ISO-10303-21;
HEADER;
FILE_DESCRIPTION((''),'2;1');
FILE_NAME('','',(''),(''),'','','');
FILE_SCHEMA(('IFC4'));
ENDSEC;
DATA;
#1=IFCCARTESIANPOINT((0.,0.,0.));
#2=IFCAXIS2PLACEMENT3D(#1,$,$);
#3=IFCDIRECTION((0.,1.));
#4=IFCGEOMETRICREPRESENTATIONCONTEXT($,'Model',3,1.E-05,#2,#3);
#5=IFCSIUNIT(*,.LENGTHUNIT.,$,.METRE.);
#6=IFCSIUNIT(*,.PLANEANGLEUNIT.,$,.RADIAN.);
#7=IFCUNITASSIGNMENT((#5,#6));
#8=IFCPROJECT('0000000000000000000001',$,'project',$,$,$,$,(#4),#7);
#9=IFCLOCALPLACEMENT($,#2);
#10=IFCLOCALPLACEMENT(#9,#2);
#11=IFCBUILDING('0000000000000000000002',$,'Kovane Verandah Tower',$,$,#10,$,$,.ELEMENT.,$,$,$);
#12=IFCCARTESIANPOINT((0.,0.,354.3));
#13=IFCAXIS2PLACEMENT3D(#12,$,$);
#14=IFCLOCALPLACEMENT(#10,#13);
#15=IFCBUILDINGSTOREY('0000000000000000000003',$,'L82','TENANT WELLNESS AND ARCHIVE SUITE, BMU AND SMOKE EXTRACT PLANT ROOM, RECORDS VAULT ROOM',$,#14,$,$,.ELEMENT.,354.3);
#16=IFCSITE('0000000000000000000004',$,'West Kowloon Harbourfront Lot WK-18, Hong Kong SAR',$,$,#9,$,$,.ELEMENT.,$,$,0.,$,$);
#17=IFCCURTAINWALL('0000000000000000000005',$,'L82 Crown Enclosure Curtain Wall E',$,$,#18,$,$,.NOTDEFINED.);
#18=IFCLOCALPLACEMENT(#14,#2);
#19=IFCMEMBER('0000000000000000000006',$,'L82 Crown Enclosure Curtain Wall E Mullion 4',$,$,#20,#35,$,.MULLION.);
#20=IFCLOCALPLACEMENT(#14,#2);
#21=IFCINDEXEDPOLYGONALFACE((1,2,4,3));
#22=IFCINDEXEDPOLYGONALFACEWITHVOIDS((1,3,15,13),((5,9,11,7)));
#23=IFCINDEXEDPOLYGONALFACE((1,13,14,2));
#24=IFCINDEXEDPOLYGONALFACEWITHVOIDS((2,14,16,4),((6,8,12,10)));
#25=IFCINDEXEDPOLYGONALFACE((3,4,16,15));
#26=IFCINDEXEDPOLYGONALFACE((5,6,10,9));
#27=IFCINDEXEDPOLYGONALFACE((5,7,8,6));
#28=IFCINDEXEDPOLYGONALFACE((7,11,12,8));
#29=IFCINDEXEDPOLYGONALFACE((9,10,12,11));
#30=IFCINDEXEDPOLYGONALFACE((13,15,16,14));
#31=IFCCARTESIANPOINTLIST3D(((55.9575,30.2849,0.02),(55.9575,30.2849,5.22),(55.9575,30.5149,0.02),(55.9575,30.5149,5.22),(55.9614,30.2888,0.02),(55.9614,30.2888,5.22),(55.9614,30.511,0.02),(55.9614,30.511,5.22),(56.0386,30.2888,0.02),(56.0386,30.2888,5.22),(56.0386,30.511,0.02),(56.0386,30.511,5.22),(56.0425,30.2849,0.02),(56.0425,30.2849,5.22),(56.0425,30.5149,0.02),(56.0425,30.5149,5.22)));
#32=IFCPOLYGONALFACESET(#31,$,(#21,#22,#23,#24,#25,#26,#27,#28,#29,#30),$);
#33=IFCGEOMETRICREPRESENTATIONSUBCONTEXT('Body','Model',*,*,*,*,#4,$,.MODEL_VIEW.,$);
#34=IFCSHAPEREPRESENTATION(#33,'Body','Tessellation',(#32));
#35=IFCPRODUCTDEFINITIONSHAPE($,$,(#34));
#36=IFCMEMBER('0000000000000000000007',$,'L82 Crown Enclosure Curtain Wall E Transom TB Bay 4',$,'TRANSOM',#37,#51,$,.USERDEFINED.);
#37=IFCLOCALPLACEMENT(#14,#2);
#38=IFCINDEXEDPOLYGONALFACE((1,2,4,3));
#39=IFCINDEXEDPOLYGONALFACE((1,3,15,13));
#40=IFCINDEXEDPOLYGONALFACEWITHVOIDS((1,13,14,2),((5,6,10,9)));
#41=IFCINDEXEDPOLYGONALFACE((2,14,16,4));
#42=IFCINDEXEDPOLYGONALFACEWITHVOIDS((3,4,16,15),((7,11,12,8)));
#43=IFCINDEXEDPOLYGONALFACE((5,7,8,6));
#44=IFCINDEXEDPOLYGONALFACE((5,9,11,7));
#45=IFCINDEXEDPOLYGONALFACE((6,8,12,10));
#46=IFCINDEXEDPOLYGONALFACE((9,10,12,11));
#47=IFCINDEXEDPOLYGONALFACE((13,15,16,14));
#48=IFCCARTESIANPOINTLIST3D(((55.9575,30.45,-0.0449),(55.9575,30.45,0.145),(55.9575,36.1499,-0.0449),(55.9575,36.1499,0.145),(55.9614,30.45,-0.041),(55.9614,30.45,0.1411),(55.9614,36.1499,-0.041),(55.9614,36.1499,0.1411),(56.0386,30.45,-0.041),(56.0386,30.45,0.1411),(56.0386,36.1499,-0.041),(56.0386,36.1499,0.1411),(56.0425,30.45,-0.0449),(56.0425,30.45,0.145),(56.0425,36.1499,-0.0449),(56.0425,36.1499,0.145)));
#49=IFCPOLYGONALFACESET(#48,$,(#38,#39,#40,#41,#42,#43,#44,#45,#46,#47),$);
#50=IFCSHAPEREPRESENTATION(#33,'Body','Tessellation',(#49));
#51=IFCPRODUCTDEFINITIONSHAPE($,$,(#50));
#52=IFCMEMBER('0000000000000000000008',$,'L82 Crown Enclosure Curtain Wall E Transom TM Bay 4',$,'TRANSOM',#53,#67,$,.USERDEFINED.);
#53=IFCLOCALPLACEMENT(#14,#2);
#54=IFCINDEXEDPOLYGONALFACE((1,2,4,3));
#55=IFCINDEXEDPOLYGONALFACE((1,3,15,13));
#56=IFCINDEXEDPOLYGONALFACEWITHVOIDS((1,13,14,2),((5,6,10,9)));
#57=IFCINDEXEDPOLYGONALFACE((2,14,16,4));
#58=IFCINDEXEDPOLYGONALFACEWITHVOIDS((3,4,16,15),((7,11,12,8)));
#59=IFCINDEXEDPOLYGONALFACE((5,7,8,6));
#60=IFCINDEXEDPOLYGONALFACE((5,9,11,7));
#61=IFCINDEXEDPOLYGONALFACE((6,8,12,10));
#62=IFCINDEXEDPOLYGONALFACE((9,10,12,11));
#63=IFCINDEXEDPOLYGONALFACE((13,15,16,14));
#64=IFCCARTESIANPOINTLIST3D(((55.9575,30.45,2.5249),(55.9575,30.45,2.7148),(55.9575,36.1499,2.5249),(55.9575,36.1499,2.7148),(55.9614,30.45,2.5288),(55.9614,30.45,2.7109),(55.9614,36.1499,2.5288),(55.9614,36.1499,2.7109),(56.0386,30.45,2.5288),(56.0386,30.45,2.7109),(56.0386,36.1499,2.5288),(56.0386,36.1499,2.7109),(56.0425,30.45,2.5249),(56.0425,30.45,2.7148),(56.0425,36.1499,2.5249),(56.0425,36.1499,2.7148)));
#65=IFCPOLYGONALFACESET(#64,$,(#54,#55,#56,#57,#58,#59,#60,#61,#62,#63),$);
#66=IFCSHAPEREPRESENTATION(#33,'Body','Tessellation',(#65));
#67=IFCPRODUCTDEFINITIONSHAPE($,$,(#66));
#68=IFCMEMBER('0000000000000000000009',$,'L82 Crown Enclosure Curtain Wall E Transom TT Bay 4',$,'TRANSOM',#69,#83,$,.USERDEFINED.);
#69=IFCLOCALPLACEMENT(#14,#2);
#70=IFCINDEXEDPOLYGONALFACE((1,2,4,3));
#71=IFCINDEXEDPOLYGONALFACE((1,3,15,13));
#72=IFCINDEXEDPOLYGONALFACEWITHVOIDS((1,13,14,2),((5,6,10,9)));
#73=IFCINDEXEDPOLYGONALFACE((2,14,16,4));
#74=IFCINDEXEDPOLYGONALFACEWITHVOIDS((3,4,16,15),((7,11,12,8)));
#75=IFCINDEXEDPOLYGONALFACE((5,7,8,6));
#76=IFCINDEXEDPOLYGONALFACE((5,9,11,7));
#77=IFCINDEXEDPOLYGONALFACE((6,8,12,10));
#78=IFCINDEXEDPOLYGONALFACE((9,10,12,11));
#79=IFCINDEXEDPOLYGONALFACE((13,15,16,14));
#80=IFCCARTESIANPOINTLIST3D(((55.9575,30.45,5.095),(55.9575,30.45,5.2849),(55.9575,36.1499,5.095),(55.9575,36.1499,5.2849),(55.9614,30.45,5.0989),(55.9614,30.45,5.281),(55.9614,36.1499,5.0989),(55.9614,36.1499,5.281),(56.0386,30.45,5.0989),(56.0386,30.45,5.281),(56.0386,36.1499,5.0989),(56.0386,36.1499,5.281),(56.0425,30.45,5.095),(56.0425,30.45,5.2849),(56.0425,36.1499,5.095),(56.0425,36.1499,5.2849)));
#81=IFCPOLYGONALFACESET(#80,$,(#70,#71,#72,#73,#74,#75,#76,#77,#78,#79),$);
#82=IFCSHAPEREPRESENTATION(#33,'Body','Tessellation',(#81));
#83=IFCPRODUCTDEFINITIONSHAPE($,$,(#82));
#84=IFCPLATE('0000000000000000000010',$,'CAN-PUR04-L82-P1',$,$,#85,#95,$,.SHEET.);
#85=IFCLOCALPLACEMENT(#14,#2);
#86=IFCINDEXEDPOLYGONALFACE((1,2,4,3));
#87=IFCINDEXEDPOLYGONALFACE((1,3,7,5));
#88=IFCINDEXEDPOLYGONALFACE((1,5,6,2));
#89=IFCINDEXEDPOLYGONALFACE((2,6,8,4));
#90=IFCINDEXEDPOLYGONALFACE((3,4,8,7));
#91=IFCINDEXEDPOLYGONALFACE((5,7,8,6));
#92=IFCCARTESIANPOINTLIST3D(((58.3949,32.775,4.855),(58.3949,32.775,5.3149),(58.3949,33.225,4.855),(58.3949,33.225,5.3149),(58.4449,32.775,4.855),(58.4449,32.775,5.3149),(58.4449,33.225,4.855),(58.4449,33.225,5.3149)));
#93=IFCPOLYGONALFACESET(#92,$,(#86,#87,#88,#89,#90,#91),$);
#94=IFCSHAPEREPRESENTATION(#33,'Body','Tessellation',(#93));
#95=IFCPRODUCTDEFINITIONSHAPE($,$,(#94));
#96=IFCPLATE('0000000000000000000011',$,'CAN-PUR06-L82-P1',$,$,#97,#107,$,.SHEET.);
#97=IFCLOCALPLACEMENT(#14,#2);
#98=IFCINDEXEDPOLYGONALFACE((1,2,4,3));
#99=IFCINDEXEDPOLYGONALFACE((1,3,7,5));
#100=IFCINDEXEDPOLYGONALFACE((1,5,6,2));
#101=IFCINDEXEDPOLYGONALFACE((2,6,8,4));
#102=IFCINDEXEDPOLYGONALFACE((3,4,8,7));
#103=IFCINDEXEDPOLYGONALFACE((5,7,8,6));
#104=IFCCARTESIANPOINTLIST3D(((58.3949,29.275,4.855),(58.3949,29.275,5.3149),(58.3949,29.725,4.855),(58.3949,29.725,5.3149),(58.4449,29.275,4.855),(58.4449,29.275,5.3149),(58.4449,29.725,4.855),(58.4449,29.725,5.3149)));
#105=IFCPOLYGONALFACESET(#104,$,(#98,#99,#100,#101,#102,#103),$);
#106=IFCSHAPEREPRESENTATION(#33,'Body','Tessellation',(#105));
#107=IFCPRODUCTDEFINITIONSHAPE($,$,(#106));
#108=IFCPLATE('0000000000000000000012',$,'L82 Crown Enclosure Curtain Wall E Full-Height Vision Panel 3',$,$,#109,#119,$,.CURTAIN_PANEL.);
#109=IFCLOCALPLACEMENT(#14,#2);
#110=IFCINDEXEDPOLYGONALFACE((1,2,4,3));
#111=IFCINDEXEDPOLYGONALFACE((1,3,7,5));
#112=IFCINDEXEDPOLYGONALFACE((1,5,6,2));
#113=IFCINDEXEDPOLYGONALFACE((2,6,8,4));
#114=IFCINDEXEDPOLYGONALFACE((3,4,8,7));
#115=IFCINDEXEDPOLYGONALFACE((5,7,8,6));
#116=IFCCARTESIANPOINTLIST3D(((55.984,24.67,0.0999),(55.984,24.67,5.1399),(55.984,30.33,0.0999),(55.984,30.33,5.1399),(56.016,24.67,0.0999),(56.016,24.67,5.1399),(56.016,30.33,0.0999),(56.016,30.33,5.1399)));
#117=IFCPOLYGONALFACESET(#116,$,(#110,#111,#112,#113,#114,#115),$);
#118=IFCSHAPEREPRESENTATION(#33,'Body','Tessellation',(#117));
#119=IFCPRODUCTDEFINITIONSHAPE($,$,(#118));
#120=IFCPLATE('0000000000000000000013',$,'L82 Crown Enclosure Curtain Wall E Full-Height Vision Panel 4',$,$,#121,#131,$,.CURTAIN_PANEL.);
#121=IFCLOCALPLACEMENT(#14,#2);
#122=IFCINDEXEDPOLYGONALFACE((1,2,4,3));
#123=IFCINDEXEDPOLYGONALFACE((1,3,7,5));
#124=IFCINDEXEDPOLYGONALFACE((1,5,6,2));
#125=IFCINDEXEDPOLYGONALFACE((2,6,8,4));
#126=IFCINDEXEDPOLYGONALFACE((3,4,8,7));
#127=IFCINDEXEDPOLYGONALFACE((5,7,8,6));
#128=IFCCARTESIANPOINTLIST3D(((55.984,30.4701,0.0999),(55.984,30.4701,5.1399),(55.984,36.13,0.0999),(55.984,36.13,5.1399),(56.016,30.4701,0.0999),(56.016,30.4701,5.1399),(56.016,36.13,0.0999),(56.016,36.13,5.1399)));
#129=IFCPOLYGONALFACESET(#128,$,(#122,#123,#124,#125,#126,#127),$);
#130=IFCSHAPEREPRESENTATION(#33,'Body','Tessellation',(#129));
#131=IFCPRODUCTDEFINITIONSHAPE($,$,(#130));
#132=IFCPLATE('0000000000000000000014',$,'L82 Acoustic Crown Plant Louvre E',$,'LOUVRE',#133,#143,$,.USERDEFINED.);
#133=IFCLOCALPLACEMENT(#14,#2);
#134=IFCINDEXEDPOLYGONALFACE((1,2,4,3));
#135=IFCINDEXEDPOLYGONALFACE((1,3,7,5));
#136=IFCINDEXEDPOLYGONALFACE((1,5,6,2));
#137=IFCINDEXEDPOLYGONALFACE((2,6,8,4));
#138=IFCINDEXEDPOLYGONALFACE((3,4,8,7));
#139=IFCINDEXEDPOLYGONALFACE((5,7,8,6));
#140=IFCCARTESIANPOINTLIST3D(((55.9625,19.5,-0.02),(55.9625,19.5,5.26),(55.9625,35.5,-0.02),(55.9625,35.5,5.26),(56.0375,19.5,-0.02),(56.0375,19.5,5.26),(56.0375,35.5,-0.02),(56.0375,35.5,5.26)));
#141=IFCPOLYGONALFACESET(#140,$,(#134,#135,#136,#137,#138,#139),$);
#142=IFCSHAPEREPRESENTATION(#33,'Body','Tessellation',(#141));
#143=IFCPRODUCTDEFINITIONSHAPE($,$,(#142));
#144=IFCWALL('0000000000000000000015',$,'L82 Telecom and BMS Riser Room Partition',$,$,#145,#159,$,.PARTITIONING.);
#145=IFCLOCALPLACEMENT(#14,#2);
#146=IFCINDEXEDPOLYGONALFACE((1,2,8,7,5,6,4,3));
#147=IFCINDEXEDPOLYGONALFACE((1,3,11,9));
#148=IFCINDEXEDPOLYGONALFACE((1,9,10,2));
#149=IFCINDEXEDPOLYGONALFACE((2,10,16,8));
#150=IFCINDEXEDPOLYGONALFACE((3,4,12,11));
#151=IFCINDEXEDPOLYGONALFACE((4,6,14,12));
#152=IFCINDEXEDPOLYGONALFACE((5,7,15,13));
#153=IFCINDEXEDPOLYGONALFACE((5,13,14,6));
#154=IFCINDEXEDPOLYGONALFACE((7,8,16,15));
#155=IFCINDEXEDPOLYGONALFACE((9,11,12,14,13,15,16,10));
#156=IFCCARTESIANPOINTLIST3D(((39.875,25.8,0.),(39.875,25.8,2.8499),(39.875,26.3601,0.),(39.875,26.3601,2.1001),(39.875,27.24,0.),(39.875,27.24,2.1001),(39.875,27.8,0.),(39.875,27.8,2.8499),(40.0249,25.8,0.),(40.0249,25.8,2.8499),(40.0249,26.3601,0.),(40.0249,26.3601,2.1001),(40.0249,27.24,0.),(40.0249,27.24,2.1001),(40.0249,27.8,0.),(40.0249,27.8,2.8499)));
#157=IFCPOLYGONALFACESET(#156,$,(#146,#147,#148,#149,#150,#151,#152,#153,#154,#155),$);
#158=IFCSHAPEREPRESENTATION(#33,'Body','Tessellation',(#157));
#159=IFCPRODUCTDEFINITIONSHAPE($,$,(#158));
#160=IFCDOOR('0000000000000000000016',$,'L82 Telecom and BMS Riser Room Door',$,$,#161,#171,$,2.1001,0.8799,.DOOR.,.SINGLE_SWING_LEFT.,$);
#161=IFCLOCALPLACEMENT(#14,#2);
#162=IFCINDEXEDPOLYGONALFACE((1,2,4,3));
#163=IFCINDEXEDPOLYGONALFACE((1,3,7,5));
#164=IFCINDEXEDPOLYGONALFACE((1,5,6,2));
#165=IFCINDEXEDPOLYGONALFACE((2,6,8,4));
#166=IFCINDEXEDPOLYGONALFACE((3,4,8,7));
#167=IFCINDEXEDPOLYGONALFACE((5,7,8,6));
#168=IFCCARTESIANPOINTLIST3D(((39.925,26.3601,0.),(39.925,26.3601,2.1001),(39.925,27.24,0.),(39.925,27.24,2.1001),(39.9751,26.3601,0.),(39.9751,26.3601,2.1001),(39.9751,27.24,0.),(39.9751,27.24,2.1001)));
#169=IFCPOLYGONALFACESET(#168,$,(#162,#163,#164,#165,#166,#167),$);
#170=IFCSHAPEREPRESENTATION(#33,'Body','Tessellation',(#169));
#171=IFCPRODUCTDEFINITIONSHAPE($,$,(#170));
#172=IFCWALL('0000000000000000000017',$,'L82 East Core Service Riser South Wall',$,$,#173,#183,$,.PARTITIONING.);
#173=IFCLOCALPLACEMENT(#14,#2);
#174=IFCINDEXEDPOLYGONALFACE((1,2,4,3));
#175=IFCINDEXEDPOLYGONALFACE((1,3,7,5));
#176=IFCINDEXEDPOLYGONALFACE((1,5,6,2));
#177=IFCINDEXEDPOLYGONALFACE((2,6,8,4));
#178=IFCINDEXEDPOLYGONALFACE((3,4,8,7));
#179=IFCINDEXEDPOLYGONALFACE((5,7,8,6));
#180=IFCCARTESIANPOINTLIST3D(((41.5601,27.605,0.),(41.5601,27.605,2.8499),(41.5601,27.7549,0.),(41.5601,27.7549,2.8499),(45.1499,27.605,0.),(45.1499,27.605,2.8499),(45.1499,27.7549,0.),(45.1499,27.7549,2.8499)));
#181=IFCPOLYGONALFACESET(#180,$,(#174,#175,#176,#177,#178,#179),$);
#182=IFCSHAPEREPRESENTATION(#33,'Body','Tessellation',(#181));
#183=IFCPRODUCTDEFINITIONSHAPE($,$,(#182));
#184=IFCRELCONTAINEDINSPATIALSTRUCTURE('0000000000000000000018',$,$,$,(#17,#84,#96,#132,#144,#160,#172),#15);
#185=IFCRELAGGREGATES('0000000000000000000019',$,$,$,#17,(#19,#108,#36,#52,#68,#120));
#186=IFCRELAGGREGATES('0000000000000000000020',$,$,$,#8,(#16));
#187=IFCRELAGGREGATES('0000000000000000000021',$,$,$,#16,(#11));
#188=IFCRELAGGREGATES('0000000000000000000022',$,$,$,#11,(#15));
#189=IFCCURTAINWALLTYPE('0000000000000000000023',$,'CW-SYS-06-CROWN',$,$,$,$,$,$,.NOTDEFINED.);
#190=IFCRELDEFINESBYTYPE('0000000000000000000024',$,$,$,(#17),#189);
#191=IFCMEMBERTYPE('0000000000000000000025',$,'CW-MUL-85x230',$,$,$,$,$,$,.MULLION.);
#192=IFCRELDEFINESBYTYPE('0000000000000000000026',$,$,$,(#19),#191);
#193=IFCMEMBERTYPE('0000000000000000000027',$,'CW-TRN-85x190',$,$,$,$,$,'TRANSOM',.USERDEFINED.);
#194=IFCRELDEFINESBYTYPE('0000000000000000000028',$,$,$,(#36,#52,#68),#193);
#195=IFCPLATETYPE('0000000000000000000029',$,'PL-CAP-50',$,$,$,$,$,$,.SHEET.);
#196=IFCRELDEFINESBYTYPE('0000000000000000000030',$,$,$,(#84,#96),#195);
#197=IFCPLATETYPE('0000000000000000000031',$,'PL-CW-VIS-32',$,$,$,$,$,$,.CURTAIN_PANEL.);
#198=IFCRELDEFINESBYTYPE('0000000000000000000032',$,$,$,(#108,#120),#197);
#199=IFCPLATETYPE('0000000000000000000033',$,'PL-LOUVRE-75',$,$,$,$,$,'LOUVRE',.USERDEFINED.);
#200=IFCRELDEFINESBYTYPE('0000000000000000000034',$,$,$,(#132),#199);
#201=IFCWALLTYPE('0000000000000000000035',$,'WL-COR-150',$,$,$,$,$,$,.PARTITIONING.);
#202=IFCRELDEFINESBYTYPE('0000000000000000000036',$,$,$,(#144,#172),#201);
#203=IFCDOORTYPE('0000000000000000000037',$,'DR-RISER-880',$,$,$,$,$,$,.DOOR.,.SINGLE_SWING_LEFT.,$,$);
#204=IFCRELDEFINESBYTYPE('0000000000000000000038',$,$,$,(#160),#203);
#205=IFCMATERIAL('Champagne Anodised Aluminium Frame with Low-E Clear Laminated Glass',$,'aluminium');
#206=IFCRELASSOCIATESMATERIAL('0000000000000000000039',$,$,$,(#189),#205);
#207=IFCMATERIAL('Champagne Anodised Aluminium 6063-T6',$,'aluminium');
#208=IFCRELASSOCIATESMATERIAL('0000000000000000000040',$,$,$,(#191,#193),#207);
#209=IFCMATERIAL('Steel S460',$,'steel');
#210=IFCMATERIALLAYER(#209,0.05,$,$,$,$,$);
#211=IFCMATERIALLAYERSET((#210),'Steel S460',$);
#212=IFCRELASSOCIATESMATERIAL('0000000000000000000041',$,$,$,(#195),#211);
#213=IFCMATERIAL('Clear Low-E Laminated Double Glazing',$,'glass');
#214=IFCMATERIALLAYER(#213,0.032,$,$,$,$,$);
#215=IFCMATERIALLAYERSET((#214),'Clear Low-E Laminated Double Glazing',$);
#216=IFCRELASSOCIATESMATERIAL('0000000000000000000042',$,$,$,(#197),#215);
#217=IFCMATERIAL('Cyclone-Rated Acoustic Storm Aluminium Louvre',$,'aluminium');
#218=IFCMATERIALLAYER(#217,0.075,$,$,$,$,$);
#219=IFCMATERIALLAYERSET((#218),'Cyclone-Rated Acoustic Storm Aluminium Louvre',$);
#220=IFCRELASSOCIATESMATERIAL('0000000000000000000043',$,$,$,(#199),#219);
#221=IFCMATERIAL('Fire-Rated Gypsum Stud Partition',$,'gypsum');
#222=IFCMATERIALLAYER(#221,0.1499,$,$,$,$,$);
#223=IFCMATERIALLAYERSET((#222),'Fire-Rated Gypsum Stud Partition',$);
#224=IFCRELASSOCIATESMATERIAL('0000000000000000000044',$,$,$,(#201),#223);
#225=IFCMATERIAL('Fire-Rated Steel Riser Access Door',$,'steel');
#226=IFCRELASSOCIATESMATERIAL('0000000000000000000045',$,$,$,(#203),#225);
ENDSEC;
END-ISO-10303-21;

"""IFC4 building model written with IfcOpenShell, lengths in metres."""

from ifc_helpers import new_model, si_unit, direction, frame, frame_2d, origin, origin_2d, place, context, subcontext, project, spatial, rectangle, hollow_rectangle, extrude, material, layer, layer_set, material_profile, profile_set, type_object, element, fill, aggregate, save


model = new_model("IFC4")

# Units and contexts
model_context = context("Model", 3, precision=1e-05, world=origin(), true_north=direction((0.0, 1.0)))
body_context = subcontext(model_context, "Body", "Model", "MODEL_VIEW")
ifc_project = project(units=[si_unit("LENGTHUNIT", "METRE"), si_unit("PLANEANGLEUNIT", "RADIAN")], contexts=[model_context])

# Site, building, storey
site_placement = place(None, origin())
site = spatial("IfcSite", under=ifc_project, at=site_placement, Name="West Kowloon Harbourfront Lot WK-18, Hong Kong SAR", CompositionType="ELEMENT", RefElevation=0.0)
building_placement = place(site_placement, origin())
building = spatial("IfcBuilding", under=site, at=building_placement, Name="Kovane Verandah Tower", CompositionType="ELEMENT")
storey_placement = place(building_placement, frame((0.0, 0.0, 354.3)))
storey = spatial("IfcBuildingStorey", under=building, at=storey_placement, Name="L82", Description="TENANT WELLNESS AND ARCHIVE SUITE, BMU AND SMOKE EXTRACT PLANT ROOM, RECORDS VAULT ROOM", CompositionType="ELEMENT", Elevation=354.3)

# Curtain wall, members
ifc_material_1 = material(Name="Champagne Anodised Aluminium Frame with Low-E Clear Laminated Glass", Category="aluminium")
curtain_wall_type = type_object("IfcCurtainWallType", Name="CW-SYS-06-CROWN", PredefinedType="NOTDEFINED", material=ifc_material_1)
curtain_wall_placement = place(storey_placement, origin())
curtain_wall = element("IfcCurtainWall", 1, at=curtain_wall_placement, inside=storey, type_object=curtain_wall_type, Name="L82 Crown Enclosure Curtain Wall E", PredefinedType="NOTDEFINED")
ifc_material_2 = material(Name="Champagne Anodised Aluminium 6063-T6", Category="aluminium")
ifc_material_profile_1 = material_profile(ifc_material_2, hollow_rectangle(XDim=0.085, YDim=0.23, WallThickness=0.0039, at=origin_2d()), Name="AL85x230x4")
ifc_profile_set_1 = profile_set([ifc_material_profile_1], Name="Champagne Anodised Aluminium 6063-T6")
member_type_1 = type_object("IfcMemberType", Name="CW-MUL-85x230", PredefinedType="MULLION", material=ifc_profile_set_1)
member_1_placement = place(storey_placement, frame((56.0, 30.3999, 0.02), z_axis=(0.0, 0.0, 1.0), x_axis=(1.0, 0.0, 0.0)))
member_1 = element("IfcMember", 2, at=member_1_placement, type_object=member_type_1, Name="L82 Crown Enclosure Curtain Wall E Mullion 4", PredefinedType="MULLION", context=body_context, shape_type="SweptSolid", body=[
    extrude(hollow_rectangle(XDim=0.085, YDim=0.23, WallThickness=0.0039, at=origin_2d()), origin(), (0.0, 0.0, 1.0), 5.2),
])
ifc_material_profile_2 = material_profile(ifc_material_2, hollow_rectangle(XDim=0.085, YDim=0.1899, WallThickness=0.0039, at=origin_2d()), Name="AL85x190x4")
ifc_profile_set_2 = profile_set([ifc_material_profile_2], Name="Champagne Anodised Aluminium 6063-T6")
member_type_2 = type_object("IfcMemberType", Name="CW-TRN-85x190", ElementType="TRANSOM", PredefinedType="USERDEFINED", material=ifc_profile_set_2)
member_2_placement = place(storey_placement, frame((56.0, 30.45, 0.05), z_axis=(0.0, 1.0, 0.0), x_axis=(-1.0, 0.0, 0.0)))
member_2 = element("IfcMember", 3, at=member_2_placement, type_object=member_type_2, Name="L82 Crown Enclosure Curtain Wall E Transom TB Bay 4", ObjectType="TRANSOM", PredefinedType="USERDEFINED", context=body_context, shape_type="SweptSolid", body=[
    extrude(hollow_rectangle(XDim=0.085, YDim=0.1899, WallThickness=0.0039, at=origin_2d()), origin(), (0.0, 0.0, 1.0), 5.7),
])
member_3_placement = place(storey_placement, frame((56.0, 30.45, 2.6199), z_axis=(0.0, 1.0, 0.0), x_axis=(-1.0, 0.0, 0.0)))
member_3 = element("IfcMember", 4, at=member_3_placement, type_object=member_type_2, Name="L82 Crown Enclosure Curtain Wall E Transom TM Bay 4", ObjectType="TRANSOM", PredefinedType="USERDEFINED", context=body_context, shape_type="SweptSolid", body=[
    extrude(hollow_rectangle(XDim=0.085, YDim=0.1899, WallThickness=0.0039, at=origin_2d()), origin(), (0.0, 0.0, 1.0), 5.7),
])
member_4_placement = place(storey_placement, frame((56.0, 30.45, 5.1899), z_axis=(0.0, 1.0, 0.0), x_axis=(-1.0, 0.0, 0.0)))
member_4 = element("IfcMember", 5, at=member_4_placement, type_object=member_type_2, Name="L82 Crown Enclosure Curtain Wall E Transom TT Bay 4", ObjectType="TRANSOM", PredefinedType="USERDEFINED", context=body_context, shape_type="SweptSolid", body=[
    extrude(hollow_rectangle(XDim=0.085, YDim=0.1899, WallThickness=0.0039, at=origin_2d()), origin(), (0.0, 0.0, 1.0), 5.7),
])

# Plates
ifc_material_3 = material(Name="Steel S460", Category="steel")
ifc_layer_1 = layer(ifc_material_3, 0.05)
ifc_layer_set_1 = layer_set([ifc_layer_1], Name="Steel S460")
plate_type_1 = type_object("IfcPlateType", Name="PL-CAP-50", PredefinedType="SHEET", material=ifc_layer_set_1)
for number, where, z_axis, x_axis, name in (
    (6, (58.4199, 33.0, 4.855), (0.0, 0.0, 1.0), (1.0, 0.0, 0.0), "CAN-PUR04-L82-P1"),
    (7, (58.4199, 29.5, 4.855), (0.0, 0.0, 1.0), (1.0, 0.0, 0.0), "CAN-PUR06-L82-P1"),
):
    element("IfcPlate", number, at=place(storey_placement, frame(where, z_axis=z_axis, x_axis=x_axis)), inside=storey, type_object=plate_type_1, Name=name, PredefinedType="SHEET", context=body_context, shape_type="SweptSolid", body=[
        extrude(rectangle(XDim=0.05, YDim=0.45, at=origin_2d()), origin(), (0.0, 0.0, 1.0), 0.46),
    ])

# Plates
ifc_material_4 = material(Name="Clear Low-E Laminated Double Glazing", Category="glass")
ifc_layer_2 = layer(ifc_material_4, 0.032)
ifc_layer_set_2 = layer_set([ifc_layer_2], Name="Clear Low-E Laminated Double Glazing")
plate_type_2 = type_object("IfcPlateType", Name="PL-CW-VIS-32", PredefinedType="CURTAIN_PANEL", material=ifc_layer_set_2)
plate_1_placement = place(storey_placement, frame((56.0, 27.5, 0.0999), z_axis=(0.0, 0.0, 1.0), x_axis=(0.0, 1.0, 0.0)))
plate_1 = element("IfcPlate", 8, at=plate_1_placement, type_object=plate_type_2, Name="L82 Crown Enclosure Curtain Wall E Full-Height Vision Panel 3", PredefinedType="CURTAIN_PANEL", context=body_context, shape_type="SweptSolid", body=[
    extrude(rectangle(XDim=5.6599, YDim=0.032, at=origin_2d()), origin(), (0.0, 0.0, 1.0), 5.04),
])
plate_2_placement = place(storey_placement, frame((56.0, 33.3, 0.0999), z_axis=(0.0, 0.0, 1.0), x_axis=(0.0, 1.0, 0.0)))
plate_2 = element("IfcPlate", 9, at=plate_2_placement, type_object=plate_type_2, Name="L82 Crown Enclosure Curtain Wall E Full-Height Vision Panel 4", PredefinedType="CURTAIN_PANEL", context=body_context, shape_type="SweptSolid", body=[
    extrude(rectangle(XDim=5.6599, YDim=0.032, at=origin_2d()), origin(), (0.0, 0.0, 1.0), 5.04),
])
aggregate(curtain_wall, [member_1, plate_1, member_2, member_3, member_4, plate_2])
ifc_material_5 = material(Name="Cyclone-Rated Acoustic Storm Aluminium Louvre", Category="aluminium")
ifc_layer_3 = layer(ifc_material_5, 0.075)
ifc_layer_set_3 = layer_set([ifc_layer_3], Name="Cyclone-Rated Acoustic Storm Aluminium Louvre")
plate_type_3 = type_object("IfcPlateType", Name="PL-LOUVRE-75", ElementType="LOUVRE", PredefinedType="USERDEFINED", material=ifc_layer_set_3)
plate_3_placement = place(storey_placement, frame((56.0, 27.5, -0.02), z_axis=(0.0, 0.0, 1.0), x_axis=(0.0, 1.0, 0.0)))
element("IfcPlate", 10, at=plate_3_placement, inside=storey, type_object=plate_type_3, Name="L82 Acoustic Crown Plant Louvre E", ObjectType="LOUVRE", PredefinedType="USERDEFINED", context=body_context, shape_type="SweptSolid", body=[
    extrude(rectangle(XDim=16.0, YDim=0.075, at=origin_2d()), origin(), (0.0, 0.0, 1.0), 5.28),
])

# Wall, opening, door
ifc_material_6 = material(Name="Fire-Rated Gypsum Stud Partition", Category="gypsum")
ifc_layer_4 = layer(ifc_material_6, 0.1499)
ifc_layer_set_4 = layer_set([ifc_layer_4], Name="Fire-Rated Gypsum Stud Partition")
wall_type_1 = type_object("IfcWallType", Name="WL-COR-150", PredefinedType="PARTITIONING", material=ifc_layer_set_4)
wall_1_placement = place(storey_placement, frame((39.95, 25.8, 0.0), z_axis=(0.0, 0.0, 1.0), x_axis=(0.0, 1.0, 0.0)))
wall_1 = element("IfcWall", 11, at=wall_1_placement, inside=storey, type_object=wall_type_1, Name="L82 Telecom and BMS Riser Room Partition", PredefinedType="PARTITIONING", context=body_context, shape_type="SweptSolid", body=[
    extrude(rectangle(XDim=2.0, YDim=0.1499, at=frame_2d((1.0, 0.0))), origin(), (0.0, 0.0, 1.0), 2.8499),
])
opening_1_placement = place(wall_1_placement, frame((0.5601, 0.0, 0.0)))
opening_1 = element("IfcOpeningElement", 12, at=opening_1_placement, cuts=wall_1, PredefinedType="OPENING", context=body_context, shape_type="SweptSolid", body=[
    extrude(rectangle(XDim=0.8799, YDim=2.1001, at=frame_2d((0.4399, 1.05))), frame((0.0, 0.075, 0.0), z_axis=(0.0, -1.0, 0.0), x_axis=(1.0, 0.0, 0.0)), (0.0, 0.0, 1.0), 0.1499),
])
ifc_material_7 = material(Name="Fire-Rated Steel Riser Access Door", Category="steel")
door_type_1 = type_object("IfcDoorType", Name="DR-RISER-880", OperationType="SINGLE_SWING_LEFT", PredefinedType="DOOR", material=ifc_material_7)
door_1_placement = place(opening_1_placement, origin())
door_1 = element("IfcDoor", 13, at=door_1_placement, inside=storey, type_object=door_type_1, Name="L82 Telecom and BMS Riser Room Door", OperationType="SINGLE_SWING_LEFT", OverallHeight=2.1001, OverallWidth=0.8799, PredefinedType="DOOR", context=body_context, shape_type="SweptSolid", body=[
    extrude(rectangle(XDim=0.8799, YDim=2.1001, at=frame_2d((0.4399, 1.05))), frame((0.0, 0.0249, 0.0), z_axis=(0.0, -1.0, 0.0), x_axis=(1.0, 0.0, 0.0)), (0.0, 0.0, 1.0), 0.05),
])
fill(opening_1, door_1)

# Wall
wall_2_placement = place(storey_placement, frame((41.5601, 27.6799, 0.0), z_axis=(0.0, 0.0, 1.0), x_axis=(1.0, 0.0, 0.0)))
element("IfcWall", 14, at=wall_2_placement, inside=storey, type_object=wall_type_1, Name="L82 East Core Service Riser South Wall", PredefinedType="PARTITIONING", context=body_context, shape_type="SweptSolid", body=[
    extrude(rectangle(XDim=3.5898, YDim=0.1499, at=frame_2d((1.7949, 0.0))), origin(), (0.0, 0.0, 1.0), 2.8499),
])

save(model, "model.ifc")
